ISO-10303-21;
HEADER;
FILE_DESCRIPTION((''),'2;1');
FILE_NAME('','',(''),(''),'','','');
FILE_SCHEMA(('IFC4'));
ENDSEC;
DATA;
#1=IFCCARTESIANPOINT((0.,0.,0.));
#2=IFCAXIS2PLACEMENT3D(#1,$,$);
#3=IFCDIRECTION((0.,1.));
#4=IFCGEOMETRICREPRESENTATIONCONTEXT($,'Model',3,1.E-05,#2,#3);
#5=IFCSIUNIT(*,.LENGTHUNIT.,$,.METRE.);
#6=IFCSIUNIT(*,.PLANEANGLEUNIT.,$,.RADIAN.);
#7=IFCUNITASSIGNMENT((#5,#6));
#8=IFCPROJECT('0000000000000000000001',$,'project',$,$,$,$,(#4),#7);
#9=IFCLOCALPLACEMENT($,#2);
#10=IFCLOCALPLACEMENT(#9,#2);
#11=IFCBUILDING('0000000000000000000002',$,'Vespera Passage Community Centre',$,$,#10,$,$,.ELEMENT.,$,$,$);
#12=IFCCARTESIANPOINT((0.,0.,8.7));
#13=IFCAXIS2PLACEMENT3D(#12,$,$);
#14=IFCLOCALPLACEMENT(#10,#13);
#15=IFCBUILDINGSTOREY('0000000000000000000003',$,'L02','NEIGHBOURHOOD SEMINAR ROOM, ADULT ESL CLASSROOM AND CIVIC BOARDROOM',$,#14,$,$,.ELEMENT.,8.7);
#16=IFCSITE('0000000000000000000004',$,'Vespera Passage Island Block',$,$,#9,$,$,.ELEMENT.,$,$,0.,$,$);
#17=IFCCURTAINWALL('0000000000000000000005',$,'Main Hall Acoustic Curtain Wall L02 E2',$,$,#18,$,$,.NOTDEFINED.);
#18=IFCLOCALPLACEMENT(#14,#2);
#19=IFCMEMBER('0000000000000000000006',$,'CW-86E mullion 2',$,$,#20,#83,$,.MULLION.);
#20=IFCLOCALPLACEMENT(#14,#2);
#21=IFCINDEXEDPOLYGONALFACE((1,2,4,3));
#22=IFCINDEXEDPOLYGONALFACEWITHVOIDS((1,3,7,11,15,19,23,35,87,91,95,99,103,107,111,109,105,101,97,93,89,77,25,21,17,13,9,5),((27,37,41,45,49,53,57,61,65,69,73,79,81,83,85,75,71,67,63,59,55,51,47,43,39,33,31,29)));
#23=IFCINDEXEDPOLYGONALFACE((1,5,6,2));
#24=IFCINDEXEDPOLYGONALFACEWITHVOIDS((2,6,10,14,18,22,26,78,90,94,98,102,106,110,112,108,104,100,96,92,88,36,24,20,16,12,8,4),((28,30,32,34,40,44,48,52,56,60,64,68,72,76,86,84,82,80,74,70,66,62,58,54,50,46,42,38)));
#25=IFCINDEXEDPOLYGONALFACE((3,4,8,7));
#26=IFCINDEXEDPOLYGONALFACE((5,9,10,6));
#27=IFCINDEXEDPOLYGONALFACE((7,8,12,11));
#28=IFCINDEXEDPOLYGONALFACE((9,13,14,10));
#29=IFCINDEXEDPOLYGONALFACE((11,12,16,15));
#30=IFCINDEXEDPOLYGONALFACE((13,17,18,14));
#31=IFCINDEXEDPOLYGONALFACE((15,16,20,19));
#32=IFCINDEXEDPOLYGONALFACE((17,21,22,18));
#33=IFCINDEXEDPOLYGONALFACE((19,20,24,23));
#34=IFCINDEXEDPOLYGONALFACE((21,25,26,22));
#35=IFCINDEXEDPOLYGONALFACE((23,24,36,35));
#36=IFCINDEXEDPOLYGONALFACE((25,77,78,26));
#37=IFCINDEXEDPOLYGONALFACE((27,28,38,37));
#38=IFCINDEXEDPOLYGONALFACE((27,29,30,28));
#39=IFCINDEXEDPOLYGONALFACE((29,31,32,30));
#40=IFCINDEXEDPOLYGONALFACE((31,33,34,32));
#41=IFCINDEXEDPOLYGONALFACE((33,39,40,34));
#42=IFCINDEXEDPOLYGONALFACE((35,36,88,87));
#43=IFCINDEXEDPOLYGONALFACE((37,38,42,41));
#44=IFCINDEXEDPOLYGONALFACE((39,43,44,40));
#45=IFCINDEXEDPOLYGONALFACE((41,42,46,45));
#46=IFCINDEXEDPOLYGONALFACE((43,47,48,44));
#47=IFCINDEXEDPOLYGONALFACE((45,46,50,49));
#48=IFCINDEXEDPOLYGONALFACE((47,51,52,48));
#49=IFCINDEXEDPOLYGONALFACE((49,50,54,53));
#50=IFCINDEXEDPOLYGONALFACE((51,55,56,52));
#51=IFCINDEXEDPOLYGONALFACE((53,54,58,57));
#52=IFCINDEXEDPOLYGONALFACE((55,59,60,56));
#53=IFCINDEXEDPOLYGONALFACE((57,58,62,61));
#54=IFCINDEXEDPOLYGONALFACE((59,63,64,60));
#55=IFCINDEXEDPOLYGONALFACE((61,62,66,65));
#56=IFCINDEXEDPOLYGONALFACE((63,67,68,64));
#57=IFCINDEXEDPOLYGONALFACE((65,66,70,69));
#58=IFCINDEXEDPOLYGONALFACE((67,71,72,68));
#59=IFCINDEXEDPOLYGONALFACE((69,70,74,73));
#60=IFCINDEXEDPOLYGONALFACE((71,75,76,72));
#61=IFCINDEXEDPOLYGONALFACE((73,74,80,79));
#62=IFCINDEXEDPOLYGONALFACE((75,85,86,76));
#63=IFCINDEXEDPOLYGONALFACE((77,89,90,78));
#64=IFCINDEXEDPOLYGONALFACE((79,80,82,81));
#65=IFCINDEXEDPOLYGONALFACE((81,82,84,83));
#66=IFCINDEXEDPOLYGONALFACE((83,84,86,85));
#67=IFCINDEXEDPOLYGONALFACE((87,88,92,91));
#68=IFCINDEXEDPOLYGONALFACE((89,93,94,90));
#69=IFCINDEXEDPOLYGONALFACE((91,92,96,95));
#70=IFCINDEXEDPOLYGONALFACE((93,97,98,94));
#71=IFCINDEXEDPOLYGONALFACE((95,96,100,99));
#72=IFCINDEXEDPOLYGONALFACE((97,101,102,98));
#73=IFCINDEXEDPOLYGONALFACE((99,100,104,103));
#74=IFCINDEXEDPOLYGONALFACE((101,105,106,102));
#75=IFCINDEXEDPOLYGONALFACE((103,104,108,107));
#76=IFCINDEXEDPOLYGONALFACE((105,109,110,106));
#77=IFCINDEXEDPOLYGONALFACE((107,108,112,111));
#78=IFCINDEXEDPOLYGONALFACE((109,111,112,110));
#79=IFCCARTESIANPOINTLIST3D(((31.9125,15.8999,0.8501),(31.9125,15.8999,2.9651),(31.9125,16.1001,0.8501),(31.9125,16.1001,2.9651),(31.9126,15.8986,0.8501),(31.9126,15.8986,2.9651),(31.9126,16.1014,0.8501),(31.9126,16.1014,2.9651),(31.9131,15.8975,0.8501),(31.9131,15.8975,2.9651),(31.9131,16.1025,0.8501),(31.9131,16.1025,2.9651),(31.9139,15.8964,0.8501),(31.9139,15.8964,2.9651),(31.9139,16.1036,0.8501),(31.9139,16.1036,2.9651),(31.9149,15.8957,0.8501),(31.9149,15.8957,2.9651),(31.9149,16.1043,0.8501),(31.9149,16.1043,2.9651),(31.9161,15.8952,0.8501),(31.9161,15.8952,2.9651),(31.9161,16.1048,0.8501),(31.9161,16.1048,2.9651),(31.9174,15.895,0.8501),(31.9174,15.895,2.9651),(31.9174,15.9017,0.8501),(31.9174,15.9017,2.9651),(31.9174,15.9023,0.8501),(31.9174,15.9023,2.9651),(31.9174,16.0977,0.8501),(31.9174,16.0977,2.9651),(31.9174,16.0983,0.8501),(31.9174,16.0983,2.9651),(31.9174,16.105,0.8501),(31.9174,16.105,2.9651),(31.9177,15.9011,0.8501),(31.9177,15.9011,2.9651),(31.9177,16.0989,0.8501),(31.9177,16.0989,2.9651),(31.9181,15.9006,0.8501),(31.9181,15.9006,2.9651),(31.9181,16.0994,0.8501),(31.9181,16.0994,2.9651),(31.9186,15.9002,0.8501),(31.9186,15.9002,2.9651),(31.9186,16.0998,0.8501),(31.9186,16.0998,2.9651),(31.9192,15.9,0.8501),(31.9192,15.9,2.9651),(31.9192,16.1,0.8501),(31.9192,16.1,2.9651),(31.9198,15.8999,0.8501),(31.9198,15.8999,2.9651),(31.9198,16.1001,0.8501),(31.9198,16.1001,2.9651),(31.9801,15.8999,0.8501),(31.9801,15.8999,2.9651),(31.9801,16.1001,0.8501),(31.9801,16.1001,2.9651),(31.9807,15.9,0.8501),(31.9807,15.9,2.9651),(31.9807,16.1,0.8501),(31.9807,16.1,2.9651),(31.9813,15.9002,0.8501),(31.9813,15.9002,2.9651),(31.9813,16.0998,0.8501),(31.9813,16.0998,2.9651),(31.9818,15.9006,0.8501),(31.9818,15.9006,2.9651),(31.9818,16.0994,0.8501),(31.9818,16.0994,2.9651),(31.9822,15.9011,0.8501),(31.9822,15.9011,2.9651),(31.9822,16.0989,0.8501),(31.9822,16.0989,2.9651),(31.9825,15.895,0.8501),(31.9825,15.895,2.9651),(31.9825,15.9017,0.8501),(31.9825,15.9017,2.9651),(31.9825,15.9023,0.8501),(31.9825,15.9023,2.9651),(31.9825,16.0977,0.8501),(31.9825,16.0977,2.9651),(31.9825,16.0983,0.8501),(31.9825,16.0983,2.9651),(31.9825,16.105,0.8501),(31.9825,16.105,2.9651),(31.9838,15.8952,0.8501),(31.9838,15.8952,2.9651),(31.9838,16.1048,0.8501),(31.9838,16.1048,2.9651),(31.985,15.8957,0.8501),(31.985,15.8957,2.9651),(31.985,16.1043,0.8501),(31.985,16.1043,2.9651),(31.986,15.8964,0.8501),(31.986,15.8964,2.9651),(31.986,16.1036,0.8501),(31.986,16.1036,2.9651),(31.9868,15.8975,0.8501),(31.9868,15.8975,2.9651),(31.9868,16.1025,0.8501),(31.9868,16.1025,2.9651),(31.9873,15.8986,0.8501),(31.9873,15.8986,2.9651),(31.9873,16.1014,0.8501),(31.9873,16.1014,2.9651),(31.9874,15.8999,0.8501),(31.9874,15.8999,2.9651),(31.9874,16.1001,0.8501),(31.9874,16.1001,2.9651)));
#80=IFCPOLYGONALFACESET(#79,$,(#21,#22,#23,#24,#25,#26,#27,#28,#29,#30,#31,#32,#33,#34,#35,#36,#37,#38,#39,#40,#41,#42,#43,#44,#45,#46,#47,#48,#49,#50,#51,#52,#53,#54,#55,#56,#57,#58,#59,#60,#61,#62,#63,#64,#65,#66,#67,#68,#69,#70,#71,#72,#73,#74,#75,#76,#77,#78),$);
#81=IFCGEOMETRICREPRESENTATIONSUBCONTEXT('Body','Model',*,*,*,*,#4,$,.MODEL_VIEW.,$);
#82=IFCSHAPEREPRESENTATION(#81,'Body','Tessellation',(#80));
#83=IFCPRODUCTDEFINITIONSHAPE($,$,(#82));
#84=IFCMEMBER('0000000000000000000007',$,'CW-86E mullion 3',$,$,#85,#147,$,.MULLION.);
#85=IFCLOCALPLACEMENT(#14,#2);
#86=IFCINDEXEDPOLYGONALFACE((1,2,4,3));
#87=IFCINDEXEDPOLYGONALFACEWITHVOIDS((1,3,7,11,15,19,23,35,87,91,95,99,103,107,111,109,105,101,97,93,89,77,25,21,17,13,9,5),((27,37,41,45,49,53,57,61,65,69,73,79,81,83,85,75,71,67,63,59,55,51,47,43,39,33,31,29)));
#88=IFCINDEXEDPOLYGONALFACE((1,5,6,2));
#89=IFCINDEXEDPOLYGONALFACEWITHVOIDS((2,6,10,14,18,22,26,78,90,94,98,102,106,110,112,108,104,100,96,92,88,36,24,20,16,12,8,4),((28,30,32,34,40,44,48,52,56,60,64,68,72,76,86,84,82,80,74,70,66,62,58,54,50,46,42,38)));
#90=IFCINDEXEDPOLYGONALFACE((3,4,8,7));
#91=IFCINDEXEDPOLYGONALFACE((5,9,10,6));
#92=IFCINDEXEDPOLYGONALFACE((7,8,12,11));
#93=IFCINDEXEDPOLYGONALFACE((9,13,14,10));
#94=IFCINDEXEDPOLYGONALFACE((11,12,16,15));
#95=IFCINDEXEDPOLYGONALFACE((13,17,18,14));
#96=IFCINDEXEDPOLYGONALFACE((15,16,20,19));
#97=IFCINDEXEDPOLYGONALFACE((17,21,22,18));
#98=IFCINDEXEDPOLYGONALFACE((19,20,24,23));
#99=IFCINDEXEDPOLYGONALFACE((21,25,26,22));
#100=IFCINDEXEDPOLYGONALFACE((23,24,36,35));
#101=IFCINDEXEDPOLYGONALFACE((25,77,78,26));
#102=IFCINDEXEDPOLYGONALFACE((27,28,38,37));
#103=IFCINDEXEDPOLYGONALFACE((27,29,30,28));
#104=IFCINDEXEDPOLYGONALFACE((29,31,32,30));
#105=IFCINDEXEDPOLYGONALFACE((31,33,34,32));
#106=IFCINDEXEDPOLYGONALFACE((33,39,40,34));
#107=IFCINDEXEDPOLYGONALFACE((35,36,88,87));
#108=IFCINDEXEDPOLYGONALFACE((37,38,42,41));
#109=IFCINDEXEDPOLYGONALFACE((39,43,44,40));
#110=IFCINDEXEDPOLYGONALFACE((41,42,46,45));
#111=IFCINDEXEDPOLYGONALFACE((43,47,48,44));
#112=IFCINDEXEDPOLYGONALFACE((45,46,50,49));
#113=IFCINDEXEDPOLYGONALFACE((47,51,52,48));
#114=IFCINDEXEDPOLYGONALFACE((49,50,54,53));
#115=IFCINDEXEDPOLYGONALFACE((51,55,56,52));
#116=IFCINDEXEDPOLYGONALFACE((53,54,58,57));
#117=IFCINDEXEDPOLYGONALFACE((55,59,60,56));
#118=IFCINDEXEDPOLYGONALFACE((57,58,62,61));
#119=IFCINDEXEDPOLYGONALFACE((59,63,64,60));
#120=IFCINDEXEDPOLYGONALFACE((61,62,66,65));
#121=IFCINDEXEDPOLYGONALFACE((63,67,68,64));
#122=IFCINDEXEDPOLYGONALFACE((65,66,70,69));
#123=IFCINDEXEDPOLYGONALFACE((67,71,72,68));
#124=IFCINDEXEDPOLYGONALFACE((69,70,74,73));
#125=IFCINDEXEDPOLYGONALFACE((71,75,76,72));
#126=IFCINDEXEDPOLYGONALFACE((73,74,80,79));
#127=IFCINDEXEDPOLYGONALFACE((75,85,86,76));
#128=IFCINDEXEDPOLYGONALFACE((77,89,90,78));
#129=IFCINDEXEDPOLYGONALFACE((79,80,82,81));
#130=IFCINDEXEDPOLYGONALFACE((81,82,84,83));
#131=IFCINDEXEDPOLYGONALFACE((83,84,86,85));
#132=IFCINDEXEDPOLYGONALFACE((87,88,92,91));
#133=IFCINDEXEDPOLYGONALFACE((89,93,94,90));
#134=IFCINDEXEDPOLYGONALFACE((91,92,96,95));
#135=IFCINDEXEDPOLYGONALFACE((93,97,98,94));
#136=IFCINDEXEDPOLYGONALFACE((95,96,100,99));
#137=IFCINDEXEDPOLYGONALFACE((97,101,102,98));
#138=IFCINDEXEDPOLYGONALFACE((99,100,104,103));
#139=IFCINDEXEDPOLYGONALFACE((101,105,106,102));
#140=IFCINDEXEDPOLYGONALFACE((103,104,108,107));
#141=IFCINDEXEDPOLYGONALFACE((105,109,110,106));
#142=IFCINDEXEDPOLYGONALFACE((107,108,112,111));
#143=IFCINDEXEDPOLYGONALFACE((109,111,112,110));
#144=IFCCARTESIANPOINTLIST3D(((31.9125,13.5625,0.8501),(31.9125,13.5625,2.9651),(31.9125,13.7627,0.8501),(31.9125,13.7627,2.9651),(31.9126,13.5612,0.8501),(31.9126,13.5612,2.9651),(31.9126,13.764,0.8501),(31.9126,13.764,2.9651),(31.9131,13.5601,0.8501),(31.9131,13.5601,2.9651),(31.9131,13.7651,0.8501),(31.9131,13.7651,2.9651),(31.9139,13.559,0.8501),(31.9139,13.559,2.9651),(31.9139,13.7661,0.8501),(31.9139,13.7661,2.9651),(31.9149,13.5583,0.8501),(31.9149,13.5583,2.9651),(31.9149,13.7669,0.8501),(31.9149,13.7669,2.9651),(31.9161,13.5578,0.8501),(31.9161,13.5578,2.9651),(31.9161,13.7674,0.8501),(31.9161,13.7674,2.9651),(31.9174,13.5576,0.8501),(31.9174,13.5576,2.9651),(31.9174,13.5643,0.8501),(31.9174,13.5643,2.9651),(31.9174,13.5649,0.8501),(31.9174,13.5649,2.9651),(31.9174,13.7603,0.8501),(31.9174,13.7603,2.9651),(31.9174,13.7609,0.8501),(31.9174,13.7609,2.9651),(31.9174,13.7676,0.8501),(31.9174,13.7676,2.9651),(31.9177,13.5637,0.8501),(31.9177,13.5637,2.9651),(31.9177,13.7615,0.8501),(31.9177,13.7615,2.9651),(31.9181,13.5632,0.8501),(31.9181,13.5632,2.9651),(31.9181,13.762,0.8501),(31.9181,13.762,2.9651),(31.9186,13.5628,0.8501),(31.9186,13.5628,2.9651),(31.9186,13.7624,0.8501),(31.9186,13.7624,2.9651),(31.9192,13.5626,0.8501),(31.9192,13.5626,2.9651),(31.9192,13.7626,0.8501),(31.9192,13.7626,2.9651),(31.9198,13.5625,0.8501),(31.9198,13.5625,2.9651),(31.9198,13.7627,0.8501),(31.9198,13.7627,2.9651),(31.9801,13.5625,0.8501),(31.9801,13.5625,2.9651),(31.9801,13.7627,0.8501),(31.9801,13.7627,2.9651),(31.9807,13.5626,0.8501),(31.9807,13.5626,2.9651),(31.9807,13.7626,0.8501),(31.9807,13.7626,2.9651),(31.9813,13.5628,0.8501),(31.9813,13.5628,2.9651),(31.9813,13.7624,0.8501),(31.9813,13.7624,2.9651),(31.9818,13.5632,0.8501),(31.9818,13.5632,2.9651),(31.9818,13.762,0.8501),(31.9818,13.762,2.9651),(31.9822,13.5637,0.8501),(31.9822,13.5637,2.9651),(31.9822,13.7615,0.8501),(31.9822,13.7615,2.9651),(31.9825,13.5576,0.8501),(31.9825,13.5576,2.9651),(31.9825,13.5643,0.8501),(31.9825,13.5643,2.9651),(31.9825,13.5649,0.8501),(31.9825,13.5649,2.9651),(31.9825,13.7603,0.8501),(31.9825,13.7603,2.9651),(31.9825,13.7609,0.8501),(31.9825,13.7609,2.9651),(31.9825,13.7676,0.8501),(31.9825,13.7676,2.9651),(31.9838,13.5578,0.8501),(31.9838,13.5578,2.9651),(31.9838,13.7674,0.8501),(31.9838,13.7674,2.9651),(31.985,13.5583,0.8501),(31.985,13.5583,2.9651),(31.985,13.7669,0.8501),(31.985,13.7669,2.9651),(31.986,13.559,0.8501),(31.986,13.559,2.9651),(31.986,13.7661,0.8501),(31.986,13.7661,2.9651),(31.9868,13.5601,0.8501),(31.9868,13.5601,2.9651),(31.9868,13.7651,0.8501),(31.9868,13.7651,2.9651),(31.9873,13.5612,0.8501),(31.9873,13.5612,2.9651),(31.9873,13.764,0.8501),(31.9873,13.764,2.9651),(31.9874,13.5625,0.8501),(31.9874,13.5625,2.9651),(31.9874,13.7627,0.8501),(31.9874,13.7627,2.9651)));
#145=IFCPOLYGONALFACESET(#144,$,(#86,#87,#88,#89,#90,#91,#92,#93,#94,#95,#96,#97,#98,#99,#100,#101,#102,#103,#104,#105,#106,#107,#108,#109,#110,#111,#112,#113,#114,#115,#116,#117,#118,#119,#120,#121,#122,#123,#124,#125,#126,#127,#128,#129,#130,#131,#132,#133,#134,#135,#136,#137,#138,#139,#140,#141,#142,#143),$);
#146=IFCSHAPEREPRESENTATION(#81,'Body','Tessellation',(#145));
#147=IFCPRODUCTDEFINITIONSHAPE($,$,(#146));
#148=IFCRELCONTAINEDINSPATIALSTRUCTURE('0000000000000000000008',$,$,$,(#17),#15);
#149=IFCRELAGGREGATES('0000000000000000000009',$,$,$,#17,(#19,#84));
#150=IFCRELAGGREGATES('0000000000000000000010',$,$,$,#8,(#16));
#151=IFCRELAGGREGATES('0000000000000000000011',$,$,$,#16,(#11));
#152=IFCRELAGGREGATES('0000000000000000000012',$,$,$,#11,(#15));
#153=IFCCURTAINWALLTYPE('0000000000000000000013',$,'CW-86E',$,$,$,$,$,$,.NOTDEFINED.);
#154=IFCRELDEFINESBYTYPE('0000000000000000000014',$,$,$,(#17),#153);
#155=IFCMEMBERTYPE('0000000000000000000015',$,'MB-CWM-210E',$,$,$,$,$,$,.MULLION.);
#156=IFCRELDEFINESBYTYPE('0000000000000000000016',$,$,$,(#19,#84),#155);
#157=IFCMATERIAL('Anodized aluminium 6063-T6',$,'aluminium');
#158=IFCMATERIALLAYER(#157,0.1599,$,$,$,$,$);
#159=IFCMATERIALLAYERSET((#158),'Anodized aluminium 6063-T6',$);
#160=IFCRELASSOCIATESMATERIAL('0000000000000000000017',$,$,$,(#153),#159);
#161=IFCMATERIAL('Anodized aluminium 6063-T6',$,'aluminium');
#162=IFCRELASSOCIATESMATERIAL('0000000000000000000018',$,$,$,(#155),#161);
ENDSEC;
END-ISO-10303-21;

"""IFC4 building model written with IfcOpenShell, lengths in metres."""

from ifc_helpers import new_model, si_unit, direction, frame, origin, origin_2d, place, context, subcontext, project, spatial, hollow_rectangle, extrude, material, layer, layer_set, material_profile, profile_set, type_object, element, aggregate, save


model = new_model("IFC4")

# Units and contexts
model_context = context("Model", 3, precision=1e-05, world=origin(), true_north=direction((0.0, 1.0)))
body_context = subcontext(model_context, "Body", "Model", "MODEL_VIEW")
ifc_project = project(units=[si_unit("LENGTHUNIT", "METRE"), si_unit("PLANEANGLEUNIT", "RADIAN")], contexts=[model_context])

# Site, building, storey
site_placement = place(None, origin())
site = spatial("IfcSite", under=ifc_project, at=site_placement, Name="Vespera Passage Island Block", CompositionType="ELEMENT", RefElevation=0.0)
building_placement = place(site_placement, origin())
building = spatial("IfcBuilding", under=site, at=building_placement, Name="Vespera Passage Community Centre", CompositionType="ELEMENT")
storey_placement = place(building_placement, frame((0.0, 0.0, 8.7)))
storey = spatial("IfcBuildingStorey", under=building, at=storey_placement, Name="L02", Description="NEIGHBOURHOOD SEMINAR ROOM, ADULT ESL CLASSROOM AND CIVIC BOARDROOM", CompositionType="ELEMENT", Elevation=8.7)

# Curtain wall, members
ifc_material_1 = material(Name="Anodized aluminium 6063-T6", Category="aluminium")
ifc_layer_1 = layer(ifc_material_1, 0.1599)
ifc_layer_set_1 = layer_set([ifc_layer_1], Name="Anodized aluminium 6063-T6")
curtain_wall_type_1 = type_object("IfcCurtainWallType", Name="CW-86E", PredefinedType="NOTDEFINED", material=ifc_layer_set_1)
curtain_wall_1_placement = place(storey_placement, origin())
curtain_wall_1 = element("IfcCurtainWall", 1, at=curtain_wall_1_placement, inside=storey, type_object=curtain_wall_type_1, Name="Main Hall Acoustic Curtain Wall L02 E2", PredefinedType="NOTDEFINED")
ifc_material_2 = material(Name="Anodized aluminium 6063-T6", Category="aluminium")
ifc_material_profile_1 = material_profile(ifc_material_2, hollow_rectangle(XDim=0.075, YDim=0.21, WallThickness=0.0049, InnerFilletRadius=0.0024, OuterFilletRadius=0.0049, at=origin_2d()), Name="ALU210X75X5")
ifc_profile_set_1 = profile_set([ifc_material_profile_1], Name="Anodized aluminium 6063-T6")
member_type_1 = type_object("IfcMemberType", Name="MB-CWM-210E", PredefinedType="MULLION", material=ifc_profile_set_1)
member_1_placement = place(storey_placement, frame((31.95, 16.0, 0.8501), z_axis=(0.0, 0.0, 1.0), x_axis=(1.0, 0.0, 0.0)))
member_1 = element("IfcMember", 2, at=member_1_placement, type_object=member_type_1, Name="CW-86E mullion 2", PredefinedType="MULLION", context=body_context, shape_type="SweptSolid", body=[
    extrude(hollow_rectangle(XDim=0.075, YDim=0.21, WallThickness=0.0049, InnerFilletRadius=0.0024, OuterFilletRadius=0.0049, at=origin_2d()), origin(), (0.0, 0.0, 1.0), 2.115),
])
member_2_placement = place(storey_placement, frame((31.95, 13.6626, 0.8501), z_axis=(0.0, 0.0, 1.0), x_axis=(1.0, 0.0, 0.0)))
member_2 = element("IfcMember", 3, at=member_2_placement, type_object=member_type_1, Name="CW-86E mullion 3", PredefinedType="MULLION", context=body_context, shape_type="SweptSolid", body=[
    extrude(hollow_rectangle(XDim=0.075, YDim=0.21, WallThickness=0.0049, InnerFilletRadius=0.0024, OuterFilletRadius=0.0049, at=origin_2d()), origin(), (0.0, 0.0, 1.0), 2.115),
])

aggregate(curtain_wall_1, [member_1, member_2])

save(model, "model.ifc")
